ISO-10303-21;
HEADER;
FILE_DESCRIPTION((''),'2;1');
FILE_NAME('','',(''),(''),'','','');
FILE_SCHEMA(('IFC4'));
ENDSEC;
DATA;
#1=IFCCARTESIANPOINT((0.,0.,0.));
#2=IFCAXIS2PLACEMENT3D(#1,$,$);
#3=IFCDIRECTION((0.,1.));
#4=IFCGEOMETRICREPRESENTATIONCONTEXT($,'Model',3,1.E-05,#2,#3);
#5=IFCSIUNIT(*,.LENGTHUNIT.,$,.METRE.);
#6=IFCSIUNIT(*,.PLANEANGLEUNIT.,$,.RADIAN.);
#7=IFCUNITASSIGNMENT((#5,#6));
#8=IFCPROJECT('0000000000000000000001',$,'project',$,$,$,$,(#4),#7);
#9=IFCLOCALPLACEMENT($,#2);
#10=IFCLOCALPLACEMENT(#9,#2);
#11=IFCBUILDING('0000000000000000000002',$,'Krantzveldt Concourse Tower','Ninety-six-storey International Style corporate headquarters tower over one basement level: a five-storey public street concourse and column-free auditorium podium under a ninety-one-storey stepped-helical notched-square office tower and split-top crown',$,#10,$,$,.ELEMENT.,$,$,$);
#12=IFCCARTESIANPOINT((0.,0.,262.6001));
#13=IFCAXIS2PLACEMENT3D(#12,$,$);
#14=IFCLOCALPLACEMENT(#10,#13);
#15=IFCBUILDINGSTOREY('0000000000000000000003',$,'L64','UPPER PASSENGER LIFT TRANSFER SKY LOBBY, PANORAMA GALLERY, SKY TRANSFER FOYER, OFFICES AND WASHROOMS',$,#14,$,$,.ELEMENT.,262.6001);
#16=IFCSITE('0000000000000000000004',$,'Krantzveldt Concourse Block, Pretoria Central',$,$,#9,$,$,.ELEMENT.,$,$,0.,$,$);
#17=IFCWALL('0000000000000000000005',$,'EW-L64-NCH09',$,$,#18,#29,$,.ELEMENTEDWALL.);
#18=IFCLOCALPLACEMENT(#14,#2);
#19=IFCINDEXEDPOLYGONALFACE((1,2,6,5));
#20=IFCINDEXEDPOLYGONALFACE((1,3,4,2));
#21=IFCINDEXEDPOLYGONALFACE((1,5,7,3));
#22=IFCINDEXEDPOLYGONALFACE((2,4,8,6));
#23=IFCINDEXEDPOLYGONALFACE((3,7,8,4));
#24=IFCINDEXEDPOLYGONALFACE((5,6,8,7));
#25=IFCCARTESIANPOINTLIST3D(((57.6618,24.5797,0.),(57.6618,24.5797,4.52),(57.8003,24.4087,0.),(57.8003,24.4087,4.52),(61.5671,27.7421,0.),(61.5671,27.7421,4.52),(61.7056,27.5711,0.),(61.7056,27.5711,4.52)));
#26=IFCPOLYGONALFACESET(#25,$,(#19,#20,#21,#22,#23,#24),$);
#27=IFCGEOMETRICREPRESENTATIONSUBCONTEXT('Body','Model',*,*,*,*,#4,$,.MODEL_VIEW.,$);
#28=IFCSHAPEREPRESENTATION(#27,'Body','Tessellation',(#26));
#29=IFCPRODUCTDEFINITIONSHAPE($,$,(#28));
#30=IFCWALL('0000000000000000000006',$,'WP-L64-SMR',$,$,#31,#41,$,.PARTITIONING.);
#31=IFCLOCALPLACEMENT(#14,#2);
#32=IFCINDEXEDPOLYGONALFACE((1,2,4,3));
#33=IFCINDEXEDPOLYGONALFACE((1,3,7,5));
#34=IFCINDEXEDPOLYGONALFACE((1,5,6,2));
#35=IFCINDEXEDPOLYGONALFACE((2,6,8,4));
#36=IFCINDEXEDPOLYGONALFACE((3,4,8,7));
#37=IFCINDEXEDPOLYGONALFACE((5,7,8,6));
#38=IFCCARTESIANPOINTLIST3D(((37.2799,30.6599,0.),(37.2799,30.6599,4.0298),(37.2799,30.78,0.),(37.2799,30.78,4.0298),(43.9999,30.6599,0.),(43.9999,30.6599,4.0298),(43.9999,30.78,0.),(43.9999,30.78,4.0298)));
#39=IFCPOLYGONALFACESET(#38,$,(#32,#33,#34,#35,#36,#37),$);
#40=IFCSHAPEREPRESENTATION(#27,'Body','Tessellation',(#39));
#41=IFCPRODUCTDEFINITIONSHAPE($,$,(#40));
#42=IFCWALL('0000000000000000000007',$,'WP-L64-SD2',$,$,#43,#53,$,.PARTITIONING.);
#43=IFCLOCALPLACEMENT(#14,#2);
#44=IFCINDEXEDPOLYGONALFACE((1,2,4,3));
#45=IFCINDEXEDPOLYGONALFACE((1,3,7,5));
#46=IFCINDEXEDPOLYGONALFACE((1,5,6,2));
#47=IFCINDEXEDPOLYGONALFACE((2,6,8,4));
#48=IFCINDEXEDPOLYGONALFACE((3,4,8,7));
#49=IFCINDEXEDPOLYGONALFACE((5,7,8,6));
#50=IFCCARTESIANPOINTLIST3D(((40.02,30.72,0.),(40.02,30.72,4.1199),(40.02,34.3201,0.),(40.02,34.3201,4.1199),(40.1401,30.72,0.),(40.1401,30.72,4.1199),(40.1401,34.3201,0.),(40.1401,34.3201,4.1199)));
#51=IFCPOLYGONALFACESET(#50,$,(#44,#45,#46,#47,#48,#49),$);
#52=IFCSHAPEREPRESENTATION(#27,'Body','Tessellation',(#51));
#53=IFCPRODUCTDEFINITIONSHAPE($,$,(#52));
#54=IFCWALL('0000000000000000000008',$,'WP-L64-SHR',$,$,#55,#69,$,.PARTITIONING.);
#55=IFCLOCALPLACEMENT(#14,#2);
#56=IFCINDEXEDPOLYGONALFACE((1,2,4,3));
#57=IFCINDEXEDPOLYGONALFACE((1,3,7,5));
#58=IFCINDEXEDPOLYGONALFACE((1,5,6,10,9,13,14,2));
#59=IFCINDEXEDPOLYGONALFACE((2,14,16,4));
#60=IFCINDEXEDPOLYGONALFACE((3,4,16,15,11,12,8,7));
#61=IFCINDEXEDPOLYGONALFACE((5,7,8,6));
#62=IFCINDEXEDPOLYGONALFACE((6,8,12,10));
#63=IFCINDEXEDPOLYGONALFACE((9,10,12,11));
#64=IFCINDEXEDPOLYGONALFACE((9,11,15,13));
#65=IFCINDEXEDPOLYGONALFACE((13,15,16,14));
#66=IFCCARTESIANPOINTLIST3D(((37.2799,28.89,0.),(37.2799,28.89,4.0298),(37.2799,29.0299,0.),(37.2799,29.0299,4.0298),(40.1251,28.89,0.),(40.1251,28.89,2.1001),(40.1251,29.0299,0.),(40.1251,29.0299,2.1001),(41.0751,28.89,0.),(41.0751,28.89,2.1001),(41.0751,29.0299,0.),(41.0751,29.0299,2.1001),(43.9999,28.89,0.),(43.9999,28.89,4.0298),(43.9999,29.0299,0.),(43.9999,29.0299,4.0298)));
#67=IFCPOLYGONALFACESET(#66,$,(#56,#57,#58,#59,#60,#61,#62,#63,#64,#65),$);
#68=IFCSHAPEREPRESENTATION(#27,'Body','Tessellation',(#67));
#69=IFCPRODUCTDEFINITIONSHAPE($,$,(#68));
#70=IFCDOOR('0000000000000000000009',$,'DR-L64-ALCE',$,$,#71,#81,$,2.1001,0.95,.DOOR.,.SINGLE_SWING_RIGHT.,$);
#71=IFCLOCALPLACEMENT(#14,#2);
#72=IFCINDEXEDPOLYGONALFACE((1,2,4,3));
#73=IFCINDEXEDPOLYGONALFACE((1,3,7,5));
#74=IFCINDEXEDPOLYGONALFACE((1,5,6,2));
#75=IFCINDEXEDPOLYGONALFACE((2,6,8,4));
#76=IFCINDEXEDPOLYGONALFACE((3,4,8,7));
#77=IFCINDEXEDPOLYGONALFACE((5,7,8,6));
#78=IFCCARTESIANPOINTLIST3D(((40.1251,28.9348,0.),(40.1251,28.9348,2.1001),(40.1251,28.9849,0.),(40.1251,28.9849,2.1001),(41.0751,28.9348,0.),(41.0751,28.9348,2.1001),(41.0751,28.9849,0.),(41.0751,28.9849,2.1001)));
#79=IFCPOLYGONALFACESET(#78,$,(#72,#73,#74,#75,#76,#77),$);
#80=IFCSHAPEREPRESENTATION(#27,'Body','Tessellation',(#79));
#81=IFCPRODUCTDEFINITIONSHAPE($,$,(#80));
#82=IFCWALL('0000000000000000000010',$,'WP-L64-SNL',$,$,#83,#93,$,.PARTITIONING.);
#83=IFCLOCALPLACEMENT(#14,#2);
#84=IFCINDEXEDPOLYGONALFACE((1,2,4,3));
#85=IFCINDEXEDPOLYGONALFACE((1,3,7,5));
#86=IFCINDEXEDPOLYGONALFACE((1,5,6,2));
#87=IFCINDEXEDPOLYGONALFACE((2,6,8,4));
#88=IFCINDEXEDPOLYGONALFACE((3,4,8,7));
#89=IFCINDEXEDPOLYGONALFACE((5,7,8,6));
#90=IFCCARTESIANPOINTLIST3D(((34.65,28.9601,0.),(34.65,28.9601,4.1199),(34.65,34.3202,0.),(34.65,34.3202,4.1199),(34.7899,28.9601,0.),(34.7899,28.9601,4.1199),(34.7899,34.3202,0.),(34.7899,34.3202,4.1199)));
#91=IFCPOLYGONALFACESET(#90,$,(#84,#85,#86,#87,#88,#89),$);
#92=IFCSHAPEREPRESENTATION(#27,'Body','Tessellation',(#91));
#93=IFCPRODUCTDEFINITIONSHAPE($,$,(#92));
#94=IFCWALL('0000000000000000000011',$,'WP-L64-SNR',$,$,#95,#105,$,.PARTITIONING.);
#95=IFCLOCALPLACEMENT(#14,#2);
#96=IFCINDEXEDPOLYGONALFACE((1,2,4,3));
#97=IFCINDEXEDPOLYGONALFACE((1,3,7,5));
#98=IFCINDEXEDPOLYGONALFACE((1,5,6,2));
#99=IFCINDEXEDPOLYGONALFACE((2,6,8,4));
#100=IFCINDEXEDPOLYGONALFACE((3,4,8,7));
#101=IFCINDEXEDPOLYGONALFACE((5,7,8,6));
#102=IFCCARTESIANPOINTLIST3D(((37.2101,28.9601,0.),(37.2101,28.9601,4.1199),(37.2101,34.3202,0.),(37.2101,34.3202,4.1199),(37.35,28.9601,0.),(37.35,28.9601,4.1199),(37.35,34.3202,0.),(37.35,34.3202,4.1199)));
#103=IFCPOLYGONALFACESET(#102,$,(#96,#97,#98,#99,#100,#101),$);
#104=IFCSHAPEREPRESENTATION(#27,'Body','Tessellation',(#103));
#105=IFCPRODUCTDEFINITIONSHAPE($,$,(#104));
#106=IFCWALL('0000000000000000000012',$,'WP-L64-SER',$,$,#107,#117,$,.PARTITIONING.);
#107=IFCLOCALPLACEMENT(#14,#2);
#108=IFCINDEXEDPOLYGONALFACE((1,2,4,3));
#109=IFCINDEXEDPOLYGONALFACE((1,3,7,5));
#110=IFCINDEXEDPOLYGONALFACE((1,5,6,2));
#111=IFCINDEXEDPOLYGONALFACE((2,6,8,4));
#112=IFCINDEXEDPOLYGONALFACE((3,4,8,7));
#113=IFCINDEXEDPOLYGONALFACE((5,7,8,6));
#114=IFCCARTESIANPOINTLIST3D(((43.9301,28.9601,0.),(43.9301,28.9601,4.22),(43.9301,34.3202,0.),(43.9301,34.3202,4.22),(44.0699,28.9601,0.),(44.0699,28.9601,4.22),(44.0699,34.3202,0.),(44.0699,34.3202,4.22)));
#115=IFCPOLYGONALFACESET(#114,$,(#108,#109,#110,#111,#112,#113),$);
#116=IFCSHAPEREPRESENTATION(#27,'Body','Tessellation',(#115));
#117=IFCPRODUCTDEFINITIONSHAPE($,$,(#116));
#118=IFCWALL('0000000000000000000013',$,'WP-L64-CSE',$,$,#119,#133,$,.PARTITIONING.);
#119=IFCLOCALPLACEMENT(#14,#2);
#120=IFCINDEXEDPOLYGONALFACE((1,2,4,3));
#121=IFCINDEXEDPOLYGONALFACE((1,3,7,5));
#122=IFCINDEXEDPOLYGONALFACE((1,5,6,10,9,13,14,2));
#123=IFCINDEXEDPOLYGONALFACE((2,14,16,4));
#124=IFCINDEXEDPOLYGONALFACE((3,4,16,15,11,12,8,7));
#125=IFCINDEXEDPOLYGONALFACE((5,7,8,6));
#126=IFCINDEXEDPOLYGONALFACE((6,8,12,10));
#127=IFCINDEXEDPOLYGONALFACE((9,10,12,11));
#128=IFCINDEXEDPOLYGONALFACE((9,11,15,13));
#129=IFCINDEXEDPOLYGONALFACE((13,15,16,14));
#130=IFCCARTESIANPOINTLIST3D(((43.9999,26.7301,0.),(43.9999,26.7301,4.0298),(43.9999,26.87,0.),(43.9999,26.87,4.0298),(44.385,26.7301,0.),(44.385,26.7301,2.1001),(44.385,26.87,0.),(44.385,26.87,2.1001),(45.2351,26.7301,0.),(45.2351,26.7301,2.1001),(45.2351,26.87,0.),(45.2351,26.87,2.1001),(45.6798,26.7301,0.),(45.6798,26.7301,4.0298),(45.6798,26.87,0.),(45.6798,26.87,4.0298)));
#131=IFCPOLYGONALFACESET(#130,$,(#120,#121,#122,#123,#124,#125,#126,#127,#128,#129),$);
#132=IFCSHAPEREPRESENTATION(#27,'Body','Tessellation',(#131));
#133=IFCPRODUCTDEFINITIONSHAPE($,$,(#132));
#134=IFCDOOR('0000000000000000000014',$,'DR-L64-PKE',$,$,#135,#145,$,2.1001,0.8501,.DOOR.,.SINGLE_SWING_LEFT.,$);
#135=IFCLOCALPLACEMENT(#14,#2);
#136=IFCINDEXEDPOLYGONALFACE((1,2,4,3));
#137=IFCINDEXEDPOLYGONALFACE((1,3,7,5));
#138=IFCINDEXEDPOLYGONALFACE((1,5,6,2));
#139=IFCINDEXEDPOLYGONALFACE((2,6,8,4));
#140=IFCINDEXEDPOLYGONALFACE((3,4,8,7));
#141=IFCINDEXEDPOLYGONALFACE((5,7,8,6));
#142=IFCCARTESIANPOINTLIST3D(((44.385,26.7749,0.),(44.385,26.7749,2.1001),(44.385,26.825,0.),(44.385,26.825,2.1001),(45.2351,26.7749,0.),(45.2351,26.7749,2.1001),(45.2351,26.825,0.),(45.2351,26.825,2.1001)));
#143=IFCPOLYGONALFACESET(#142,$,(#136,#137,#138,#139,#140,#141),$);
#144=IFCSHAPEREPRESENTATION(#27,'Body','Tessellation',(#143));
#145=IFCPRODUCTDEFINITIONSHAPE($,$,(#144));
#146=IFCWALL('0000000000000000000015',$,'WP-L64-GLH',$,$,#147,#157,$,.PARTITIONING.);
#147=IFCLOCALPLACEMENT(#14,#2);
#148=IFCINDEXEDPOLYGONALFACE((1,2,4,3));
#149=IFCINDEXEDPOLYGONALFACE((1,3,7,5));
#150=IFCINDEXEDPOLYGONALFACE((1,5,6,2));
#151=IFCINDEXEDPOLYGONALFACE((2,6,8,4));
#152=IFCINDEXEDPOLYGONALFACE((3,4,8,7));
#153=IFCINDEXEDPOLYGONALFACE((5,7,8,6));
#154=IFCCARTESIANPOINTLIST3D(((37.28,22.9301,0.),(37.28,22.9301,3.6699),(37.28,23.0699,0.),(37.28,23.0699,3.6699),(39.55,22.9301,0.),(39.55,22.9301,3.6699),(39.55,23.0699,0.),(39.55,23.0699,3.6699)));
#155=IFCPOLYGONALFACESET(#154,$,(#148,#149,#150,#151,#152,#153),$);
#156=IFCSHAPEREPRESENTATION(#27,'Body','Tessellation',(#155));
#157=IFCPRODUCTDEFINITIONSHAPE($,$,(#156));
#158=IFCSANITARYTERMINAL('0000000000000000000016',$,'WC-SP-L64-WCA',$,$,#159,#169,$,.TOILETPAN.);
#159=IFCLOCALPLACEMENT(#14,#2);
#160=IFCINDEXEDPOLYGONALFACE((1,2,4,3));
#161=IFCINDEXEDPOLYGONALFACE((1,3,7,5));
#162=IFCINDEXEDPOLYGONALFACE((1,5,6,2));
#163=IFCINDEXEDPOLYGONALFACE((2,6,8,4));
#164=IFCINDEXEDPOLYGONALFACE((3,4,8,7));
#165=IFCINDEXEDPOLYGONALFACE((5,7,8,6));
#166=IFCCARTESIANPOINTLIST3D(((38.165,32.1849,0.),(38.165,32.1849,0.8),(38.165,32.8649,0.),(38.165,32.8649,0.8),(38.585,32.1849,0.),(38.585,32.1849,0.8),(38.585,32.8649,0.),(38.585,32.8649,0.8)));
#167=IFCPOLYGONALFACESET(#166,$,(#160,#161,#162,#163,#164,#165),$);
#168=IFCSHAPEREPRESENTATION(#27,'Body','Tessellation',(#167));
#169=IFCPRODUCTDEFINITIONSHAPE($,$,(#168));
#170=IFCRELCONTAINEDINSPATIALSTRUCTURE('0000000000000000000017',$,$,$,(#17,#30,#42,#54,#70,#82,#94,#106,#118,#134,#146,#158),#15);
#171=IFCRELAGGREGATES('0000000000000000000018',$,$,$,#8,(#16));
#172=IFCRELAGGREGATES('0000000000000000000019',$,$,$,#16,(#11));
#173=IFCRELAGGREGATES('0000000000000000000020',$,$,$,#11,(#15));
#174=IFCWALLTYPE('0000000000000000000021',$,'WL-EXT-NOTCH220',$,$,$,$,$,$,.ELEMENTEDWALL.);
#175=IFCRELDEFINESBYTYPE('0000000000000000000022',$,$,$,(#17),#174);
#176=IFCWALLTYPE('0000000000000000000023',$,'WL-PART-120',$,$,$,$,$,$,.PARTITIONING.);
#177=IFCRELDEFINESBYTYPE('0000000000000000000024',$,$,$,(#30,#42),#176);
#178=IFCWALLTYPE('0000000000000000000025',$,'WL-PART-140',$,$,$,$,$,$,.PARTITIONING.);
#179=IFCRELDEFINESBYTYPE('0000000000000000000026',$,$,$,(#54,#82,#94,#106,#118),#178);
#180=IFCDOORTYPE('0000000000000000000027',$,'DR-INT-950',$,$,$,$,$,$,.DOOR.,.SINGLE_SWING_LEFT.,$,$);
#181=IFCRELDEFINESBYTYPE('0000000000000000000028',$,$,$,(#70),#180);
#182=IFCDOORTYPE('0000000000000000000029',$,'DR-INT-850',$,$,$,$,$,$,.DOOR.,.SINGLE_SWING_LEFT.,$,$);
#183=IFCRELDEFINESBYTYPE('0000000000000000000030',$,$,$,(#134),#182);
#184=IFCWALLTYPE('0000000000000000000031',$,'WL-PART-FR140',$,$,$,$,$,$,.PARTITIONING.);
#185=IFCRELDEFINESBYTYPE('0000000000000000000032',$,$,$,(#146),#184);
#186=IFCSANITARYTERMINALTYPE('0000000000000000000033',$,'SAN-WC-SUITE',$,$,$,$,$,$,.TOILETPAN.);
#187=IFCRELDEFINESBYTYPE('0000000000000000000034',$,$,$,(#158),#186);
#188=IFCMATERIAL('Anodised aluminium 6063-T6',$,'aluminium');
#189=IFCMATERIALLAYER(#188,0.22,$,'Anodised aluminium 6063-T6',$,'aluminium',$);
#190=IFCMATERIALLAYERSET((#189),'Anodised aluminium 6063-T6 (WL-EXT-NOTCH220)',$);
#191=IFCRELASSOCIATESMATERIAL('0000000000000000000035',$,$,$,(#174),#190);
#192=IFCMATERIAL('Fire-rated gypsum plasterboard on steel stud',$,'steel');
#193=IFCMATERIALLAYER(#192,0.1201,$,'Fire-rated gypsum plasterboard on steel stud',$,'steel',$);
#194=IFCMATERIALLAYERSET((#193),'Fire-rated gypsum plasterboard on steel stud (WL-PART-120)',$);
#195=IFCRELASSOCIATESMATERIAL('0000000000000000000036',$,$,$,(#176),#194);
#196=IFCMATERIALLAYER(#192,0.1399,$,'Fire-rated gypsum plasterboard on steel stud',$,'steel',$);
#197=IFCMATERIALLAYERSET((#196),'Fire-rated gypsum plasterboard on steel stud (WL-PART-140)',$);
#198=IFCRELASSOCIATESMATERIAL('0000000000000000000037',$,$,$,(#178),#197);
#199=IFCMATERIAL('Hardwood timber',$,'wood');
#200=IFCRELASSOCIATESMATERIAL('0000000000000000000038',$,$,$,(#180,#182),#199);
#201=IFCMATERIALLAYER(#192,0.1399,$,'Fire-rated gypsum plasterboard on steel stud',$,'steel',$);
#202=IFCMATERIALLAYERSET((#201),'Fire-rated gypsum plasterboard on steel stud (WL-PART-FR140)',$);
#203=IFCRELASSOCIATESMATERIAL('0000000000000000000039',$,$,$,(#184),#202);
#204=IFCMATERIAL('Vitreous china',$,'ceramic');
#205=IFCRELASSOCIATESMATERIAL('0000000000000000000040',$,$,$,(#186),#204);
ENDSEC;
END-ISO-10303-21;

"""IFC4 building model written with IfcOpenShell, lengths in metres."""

from ifc_helpers import new_model, si_unit, direction, frame, frame_2d, origin, origin_2d, place, context, subcontext, project, spatial, rectangle, extrude, source, transform, mapped, material, layer, layer_set, type_object, type_shapes, element, fill, save


model = new_model("IFC4")

# Units and contexts
model_context = context("Model", 3, precision=1e-05, world=origin(), true_north=direction((0.0, 1.0)))
body_context = subcontext(model_context, "Body", "Model", "MODEL_VIEW")
ifc_project = project(units=[si_unit("LENGTHUNIT", "METRE"), si_unit("PLANEANGLEUNIT", "RADIAN")], contexts=[model_context])

# Site, building, storey
site_placement = place(None, origin())
site = spatial("IfcSite", under=ifc_project, at=site_placement, Name="Krantzveldt Concourse Block, Pretoria Central", CompositionType="ELEMENT", RefElevation=0.0)
building_placement = place(site_placement, origin())
building = spatial("IfcBuilding", under=site, at=building_placement, Name="Krantzveldt Concourse Tower", Description="Ninety-six-storey International Style corporate headquarters tower over one basement level: a five-storey public street concourse and column-free auditorium podium under a ninety-one-storey stepped-helical notched-square office tower and split-top crown", CompositionType="ELEMENT")
storey_placement = place(building_placement, frame((0.0, 0.0, 262.6001)))
storey = spatial("IfcBuildingStorey", under=building, at=storey_placement, Name="L64", Description="UPPER PASSENGER LIFT TRANSFER SKY LOBBY, PANORAMA GALLERY, SKY TRANSFER FOYER, OFFICES AND WASHROOMS", CompositionType="ELEMENT", Elevation=262.6001)

# Shared definitions
ifc_material_1 = material(Name="Anodised aluminium 6063-T6", Category="aluminium")

# Walls
ifc_layer_1 = layer(ifc_material_1, 0.22, Name="Anodised aluminium 6063-T6", Category="aluminium")
ifc_layer_set_1 = layer_set([ifc_layer_1], Name="Anodised aluminium 6063-T6 (WL-EXT-NOTCH220)")
wall_type_1 = type_object("IfcWallType", Name="WL-EXT-NOTCH220", PredefinedType="ELEMENTEDWALL", material=ifc_layer_set_1)
wall_1_placement = place(storey_placement, frame((57.731, 24.4941, 0.0), z_axis=(0.0, 0.0, 1.0), x_axis=(0.777153, 0.629311, 0.0)))
element("IfcWall", 1, at=wall_1_placement, inside=storey, type_object=wall_type_1, Name="EW-L64-NCH09", PredefinedType="ELEMENTEDWALL", context=body_context, shape_type="SweptSolid", body=[
    extrude(rectangle(XDim=5.0251, YDim=0.22, at=frame_2d((2.5127, 0.0))), origin(), (0.0, 0.0, 1.0), 4.52),
])
ifc_material_2 = material(Name="Fire-rated gypsum plasterboard on steel stud", Category="steel")
ifc_layer_2 = layer(ifc_material_2, 0.1201, Name="Fire-rated gypsum plasterboard on steel stud", Category="steel")
ifc_layer_set_2 = layer_set([ifc_layer_2], Name="Fire-rated gypsum plasterboard on steel stud (WL-PART-120)")
wall_type_2 = type_object("IfcWallType", Name="WL-PART-120", PredefinedType="PARTITIONING", material=ifc_layer_set_2)
wall_2_placement = place(storey_placement, frame((37.28, 30.72, 0.0), z_axis=(0.0, 0.0, 1.0), x_axis=(1.0, 0.0, 0.0)))
element("IfcWall", 2, at=wall_2_placement, inside=storey, type_object=wall_type_2, Name="WP-L64-SMR", PredefinedType="PARTITIONING", context=body_context, shape_type="SweptSolid", body=[
    extrude(rectangle(XDim=6.72, YDim=0.1201, at=frame_2d((3.3599, 0.0))), origin(), (0.0, 0.0, 1.0), 4.0298),
])
wall_3_placement = place(storey_placement, frame((40.0801, 30.72, 0.0), z_axis=(0.0, 0.0, 1.0), x_axis=(0.0, 1.0, 0.0)))
element("IfcWall", 3, at=wall_3_placement, inside=storey, type_object=wall_type_2, Name="WP-L64-SD2", PredefinedType="PARTITIONING", context=body_context, shape_type="SweptSolid", body=[
    extrude(rectangle(XDim=3.6001, YDim=0.1201, at=frame_2d((1.8, 0.0))), origin(), (0.0, 0.0, 1.0), 4.1199),
])

# Wall, opening, door
ifc_layer_3 = layer(ifc_material_2, 0.1399, Name="Fire-rated gypsum plasterboard on steel stud", Category="steel")
ifc_layer_set_3 = layer_set([ifc_layer_3], Name="Fire-rated gypsum plasterboard on steel stud (WL-PART-140)")
wall_type_3 = type_object("IfcWallType", Name="WL-PART-140", PredefinedType="PARTITIONING", material=ifc_layer_set_3)
wall_4_placement = place(storey_placement, frame((37.28, 28.96, 0.0), z_axis=(0.0, 0.0, 1.0), x_axis=(1.0, 0.0, 0.0)))
wall_4 = element("IfcWall", 4, at=wall_4_placement, inside=storey, type_object=wall_type_3, Name="WP-L64-SHR", PredefinedType="PARTITIONING", context=body_context, shape_type="SweptSolid", body=[
    extrude(rectangle(XDim=6.72, YDim=0.1399, at=frame_2d((3.3599, 0.0))), origin(), (0.0, 0.0, 1.0), 4.0298),
])
opening_1_placement = place(wall_4_placement, frame((2.845, 0.0, 0.0)))
opening_1 = element("IfcOpeningElement", 5, at=opening_1_placement, cuts=wall_4, PredefinedType="OPENING", context=body_context, shape_type="SweptSolid", body=[
    extrude(rectangle(XDim=0.95, YDim=2.1001, at=frame_2d((0.4751, 1.05))), frame((0.0, 0.0801, 0.0), z_axis=(0.0, -1.0, 0.0), x_axis=(1.0, 0.0, 0.0)), (0.0, 0.0, 1.0), 0.1599),
])
ifc_material_3 = material(Name="Hardwood timber", Category="wood")
door_type_1 = type_object("IfcDoorType", Name="DR-INT-950", OperationType="SINGLE_SWING_LEFT", PredefinedType="DOOR", material=ifc_material_3)
door_1_placement = place(opening_1_placement, origin())
door_1 = element("IfcDoor", 6, at=door_1_placement, inside=storey, type_object=door_type_1, Name="DR-L64-ALCE", OperationType="SINGLE_SWING_RIGHT", OverallHeight=2.1001, OverallWidth=0.95, PredefinedType="DOOR", context=body_context, shape_type="SweptSolid", body=[
    extrude(rectangle(XDim=0.95, YDim=2.1001, at=frame_2d((0.4751, 1.05))), frame((0.0, 0.0249, 0.0), z_axis=(0.0, -1.0, 0.0), x_axis=(1.0, 0.0, 0.0)), (0.0, 0.0, 1.0), 0.05),
])
fill(opening_1, door_1)

# Walls
for number, where, z_axis, x_axis, name in (
    (7, (34.72, 28.96, 0.0), (0.0, 0.0, 1.0), (0.0, 1.0, 0.0), "WP-L64-SNL"),
    (8, (37.28, 28.96, 0.0), (0.0, 0.0, 1.0), (0.0, 1.0, 0.0), "WP-L64-SNR"),
):
    element("IfcWall", number, at=place(storey_placement, frame(where, z_axis=z_axis, x_axis=x_axis)), inside=storey, type_object=wall_type_3, Name=name, PredefinedType="PARTITIONING", context=body_context, shape_type="SweptSolid", body=[
        extrude(rectangle(XDim=5.3601, YDim=0.1399, at=frame_2d((2.6802, 0.0))), origin(), (0.0, 0.0, 1.0), 4.1199),
    ])
wall_5_placement = place(storey_placement, frame((44.0, 28.96, 0.0), z_axis=(0.0, 0.0, 1.0), x_axis=(0.0, 1.0, 0.0)))
element("IfcWall", 9, at=wall_5_placement, inside=storey, type_object=wall_type_3, Name="WP-L64-SER", PredefinedType="PARTITIONING", context=body_context, shape_type="SweptSolid", body=[
    extrude(rectangle(XDim=5.3601, YDim=0.1399, at=frame_2d((2.6802, 0.0))), origin(), (0.0, 0.0, 1.0), 4.22),
])

# Wall, opening, door
wall_6_placement = place(storey_placement, frame((44.0, 26.8, 0.0), z_axis=(0.0, 0.0, 1.0), x_axis=(1.0, 0.0, 0.0)))
wall_6 = element("IfcWall", 10, at=wall_6_placement, inside=storey, type_object=wall_type_3, Name="WP-L64-CSE", PredefinedType="PARTITIONING", context=body_context, shape_type="SweptSolid", body=[
    extrude(rectangle(XDim=1.6799, YDim=0.1399, at=frame_2d((0.8398, 0.0))), origin(), (0.0, 0.0, 1.0), 4.0298),
])
opening_2_placement = place(wall_6_placement, frame((0.385, 0.0, 0.0)))
opening_2 = element("IfcOpeningElement", 11, at=opening_2_placement, cuts=wall_6, PredefinedType="OPENING", context=body_context, shape_type="SweptSolid", body=[
    extrude(rectangle(XDim=0.8501, YDim=2.1001, at=frame_2d((0.425, 1.05))), frame((0.0, 0.0801, 0.0), z_axis=(0.0, -1.0, 0.0), x_axis=(1.0, 0.0, 0.0)), (0.0, 0.0, 1.0), 0.1599),
])
door_type_2 = type_object("IfcDoorType", Name="DR-INT-850", OperationType="SINGLE_SWING_LEFT", PredefinedType="DOOR", material=ifc_material_3)
door_2_placement = place(opening_2_placement, origin())
door_2 = element("IfcDoor", 12, at=door_2_placement, inside=storey, type_object=door_type_2, Name="DR-L64-PKE", OperationType="SINGLE_SWING_LEFT", OverallHeight=2.1001, OverallWidth=0.8501, PredefinedType="DOOR", context=body_context, shape_type="SweptSolid", body=[
    extrude(rectangle(XDim=0.8501, YDim=2.1001, at=frame_2d((0.425, 1.05))), frame((0.0, 0.0249, 0.0), z_axis=(0.0, -1.0, 0.0), x_axis=(1.0, 0.0, 0.0)), (0.0, 0.0, 1.0), 0.05),
])
fill(opening_2, door_2)

# Wall
ifc_layer_4 = layer(ifc_material_2, 0.1399, Name="Fire-rated gypsum plasterboard on steel stud", Category="steel")
ifc_layer_set_4 = layer_set([ifc_layer_4], Name="Fire-rated gypsum plasterboard on steel stud (WL-PART-FR140)")
wall_type_4 = type_object("IfcWallType", Name="WL-PART-FR140", PredefinedType="PARTITIONING", material=ifc_layer_set_4)
wall_7_placement = place(storey_placement, frame((37.28, 23.0, 0.0), z_axis=(0.0, 0.0, 1.0), x_axis=(1.0, 0.0, 0.0)))
element("IfcWall", 13, at=wall_7_placement, inside=storey, type_object=wall_type_4, Name="WP-L64-GLH", PredefinedType="PARTITIONING", context=body_context, shape_type="SweptSolid", body=[
    extrude(rectangle(XDim=2.27, YDim=0.1399, at=frame_2d((1.135, 0.0))), origin(), (0.0, 0.0, 1.0), 3.6699),
])

# Sanitary terminal
ifc_material_4 = material(Name="Vitreous china", Category="ceramic")
sanitary_terminal_type_1 = type_object("IfcSanitaryTerminalType", Name="SAN-WC-SUITE", PredefinedType="TOILETPAN", material=ifc_material_4)
shared_shape_1 = source(origin(), body_context, "Body", "SweptSolid", [
    extrude(rectangle(XDim=0.4199, YDim=0.6799, at=origin_2d()), origin(), (0.0, 0.0, 1.0), 0.8),
])
type_shapes(sanitary_terminal_type_1, [shared_shape_1])
sanitary_terminal_1_placement = place(storey_placement, frame((38.375, 32.5249, 0.0), z_axis=(0.0, 0.0, 1.0), x_axis=(1.0, 0.0, 0.0)))
element("IfcSanitaryTerminal", 14, at=sanitary_terminal_1_placement, inside=storey, type_object=sanitary_terminal_type_1, Name="WC-SP-L64-WCA", PredefinedType="TOILETPAN", context=body_context, shape_type="MappedRepresentation", body=[
    mapped(shared_shape_1, transform((0.0, 0.0, 0.0), x_axis=(1.0, 0.0, 0.0), y_axis=(0.0, 1.0, 0.0), z_axis=(0.0, 0.0, 1.0), scale=1.0)),
])

save(model, "model.ifc")
